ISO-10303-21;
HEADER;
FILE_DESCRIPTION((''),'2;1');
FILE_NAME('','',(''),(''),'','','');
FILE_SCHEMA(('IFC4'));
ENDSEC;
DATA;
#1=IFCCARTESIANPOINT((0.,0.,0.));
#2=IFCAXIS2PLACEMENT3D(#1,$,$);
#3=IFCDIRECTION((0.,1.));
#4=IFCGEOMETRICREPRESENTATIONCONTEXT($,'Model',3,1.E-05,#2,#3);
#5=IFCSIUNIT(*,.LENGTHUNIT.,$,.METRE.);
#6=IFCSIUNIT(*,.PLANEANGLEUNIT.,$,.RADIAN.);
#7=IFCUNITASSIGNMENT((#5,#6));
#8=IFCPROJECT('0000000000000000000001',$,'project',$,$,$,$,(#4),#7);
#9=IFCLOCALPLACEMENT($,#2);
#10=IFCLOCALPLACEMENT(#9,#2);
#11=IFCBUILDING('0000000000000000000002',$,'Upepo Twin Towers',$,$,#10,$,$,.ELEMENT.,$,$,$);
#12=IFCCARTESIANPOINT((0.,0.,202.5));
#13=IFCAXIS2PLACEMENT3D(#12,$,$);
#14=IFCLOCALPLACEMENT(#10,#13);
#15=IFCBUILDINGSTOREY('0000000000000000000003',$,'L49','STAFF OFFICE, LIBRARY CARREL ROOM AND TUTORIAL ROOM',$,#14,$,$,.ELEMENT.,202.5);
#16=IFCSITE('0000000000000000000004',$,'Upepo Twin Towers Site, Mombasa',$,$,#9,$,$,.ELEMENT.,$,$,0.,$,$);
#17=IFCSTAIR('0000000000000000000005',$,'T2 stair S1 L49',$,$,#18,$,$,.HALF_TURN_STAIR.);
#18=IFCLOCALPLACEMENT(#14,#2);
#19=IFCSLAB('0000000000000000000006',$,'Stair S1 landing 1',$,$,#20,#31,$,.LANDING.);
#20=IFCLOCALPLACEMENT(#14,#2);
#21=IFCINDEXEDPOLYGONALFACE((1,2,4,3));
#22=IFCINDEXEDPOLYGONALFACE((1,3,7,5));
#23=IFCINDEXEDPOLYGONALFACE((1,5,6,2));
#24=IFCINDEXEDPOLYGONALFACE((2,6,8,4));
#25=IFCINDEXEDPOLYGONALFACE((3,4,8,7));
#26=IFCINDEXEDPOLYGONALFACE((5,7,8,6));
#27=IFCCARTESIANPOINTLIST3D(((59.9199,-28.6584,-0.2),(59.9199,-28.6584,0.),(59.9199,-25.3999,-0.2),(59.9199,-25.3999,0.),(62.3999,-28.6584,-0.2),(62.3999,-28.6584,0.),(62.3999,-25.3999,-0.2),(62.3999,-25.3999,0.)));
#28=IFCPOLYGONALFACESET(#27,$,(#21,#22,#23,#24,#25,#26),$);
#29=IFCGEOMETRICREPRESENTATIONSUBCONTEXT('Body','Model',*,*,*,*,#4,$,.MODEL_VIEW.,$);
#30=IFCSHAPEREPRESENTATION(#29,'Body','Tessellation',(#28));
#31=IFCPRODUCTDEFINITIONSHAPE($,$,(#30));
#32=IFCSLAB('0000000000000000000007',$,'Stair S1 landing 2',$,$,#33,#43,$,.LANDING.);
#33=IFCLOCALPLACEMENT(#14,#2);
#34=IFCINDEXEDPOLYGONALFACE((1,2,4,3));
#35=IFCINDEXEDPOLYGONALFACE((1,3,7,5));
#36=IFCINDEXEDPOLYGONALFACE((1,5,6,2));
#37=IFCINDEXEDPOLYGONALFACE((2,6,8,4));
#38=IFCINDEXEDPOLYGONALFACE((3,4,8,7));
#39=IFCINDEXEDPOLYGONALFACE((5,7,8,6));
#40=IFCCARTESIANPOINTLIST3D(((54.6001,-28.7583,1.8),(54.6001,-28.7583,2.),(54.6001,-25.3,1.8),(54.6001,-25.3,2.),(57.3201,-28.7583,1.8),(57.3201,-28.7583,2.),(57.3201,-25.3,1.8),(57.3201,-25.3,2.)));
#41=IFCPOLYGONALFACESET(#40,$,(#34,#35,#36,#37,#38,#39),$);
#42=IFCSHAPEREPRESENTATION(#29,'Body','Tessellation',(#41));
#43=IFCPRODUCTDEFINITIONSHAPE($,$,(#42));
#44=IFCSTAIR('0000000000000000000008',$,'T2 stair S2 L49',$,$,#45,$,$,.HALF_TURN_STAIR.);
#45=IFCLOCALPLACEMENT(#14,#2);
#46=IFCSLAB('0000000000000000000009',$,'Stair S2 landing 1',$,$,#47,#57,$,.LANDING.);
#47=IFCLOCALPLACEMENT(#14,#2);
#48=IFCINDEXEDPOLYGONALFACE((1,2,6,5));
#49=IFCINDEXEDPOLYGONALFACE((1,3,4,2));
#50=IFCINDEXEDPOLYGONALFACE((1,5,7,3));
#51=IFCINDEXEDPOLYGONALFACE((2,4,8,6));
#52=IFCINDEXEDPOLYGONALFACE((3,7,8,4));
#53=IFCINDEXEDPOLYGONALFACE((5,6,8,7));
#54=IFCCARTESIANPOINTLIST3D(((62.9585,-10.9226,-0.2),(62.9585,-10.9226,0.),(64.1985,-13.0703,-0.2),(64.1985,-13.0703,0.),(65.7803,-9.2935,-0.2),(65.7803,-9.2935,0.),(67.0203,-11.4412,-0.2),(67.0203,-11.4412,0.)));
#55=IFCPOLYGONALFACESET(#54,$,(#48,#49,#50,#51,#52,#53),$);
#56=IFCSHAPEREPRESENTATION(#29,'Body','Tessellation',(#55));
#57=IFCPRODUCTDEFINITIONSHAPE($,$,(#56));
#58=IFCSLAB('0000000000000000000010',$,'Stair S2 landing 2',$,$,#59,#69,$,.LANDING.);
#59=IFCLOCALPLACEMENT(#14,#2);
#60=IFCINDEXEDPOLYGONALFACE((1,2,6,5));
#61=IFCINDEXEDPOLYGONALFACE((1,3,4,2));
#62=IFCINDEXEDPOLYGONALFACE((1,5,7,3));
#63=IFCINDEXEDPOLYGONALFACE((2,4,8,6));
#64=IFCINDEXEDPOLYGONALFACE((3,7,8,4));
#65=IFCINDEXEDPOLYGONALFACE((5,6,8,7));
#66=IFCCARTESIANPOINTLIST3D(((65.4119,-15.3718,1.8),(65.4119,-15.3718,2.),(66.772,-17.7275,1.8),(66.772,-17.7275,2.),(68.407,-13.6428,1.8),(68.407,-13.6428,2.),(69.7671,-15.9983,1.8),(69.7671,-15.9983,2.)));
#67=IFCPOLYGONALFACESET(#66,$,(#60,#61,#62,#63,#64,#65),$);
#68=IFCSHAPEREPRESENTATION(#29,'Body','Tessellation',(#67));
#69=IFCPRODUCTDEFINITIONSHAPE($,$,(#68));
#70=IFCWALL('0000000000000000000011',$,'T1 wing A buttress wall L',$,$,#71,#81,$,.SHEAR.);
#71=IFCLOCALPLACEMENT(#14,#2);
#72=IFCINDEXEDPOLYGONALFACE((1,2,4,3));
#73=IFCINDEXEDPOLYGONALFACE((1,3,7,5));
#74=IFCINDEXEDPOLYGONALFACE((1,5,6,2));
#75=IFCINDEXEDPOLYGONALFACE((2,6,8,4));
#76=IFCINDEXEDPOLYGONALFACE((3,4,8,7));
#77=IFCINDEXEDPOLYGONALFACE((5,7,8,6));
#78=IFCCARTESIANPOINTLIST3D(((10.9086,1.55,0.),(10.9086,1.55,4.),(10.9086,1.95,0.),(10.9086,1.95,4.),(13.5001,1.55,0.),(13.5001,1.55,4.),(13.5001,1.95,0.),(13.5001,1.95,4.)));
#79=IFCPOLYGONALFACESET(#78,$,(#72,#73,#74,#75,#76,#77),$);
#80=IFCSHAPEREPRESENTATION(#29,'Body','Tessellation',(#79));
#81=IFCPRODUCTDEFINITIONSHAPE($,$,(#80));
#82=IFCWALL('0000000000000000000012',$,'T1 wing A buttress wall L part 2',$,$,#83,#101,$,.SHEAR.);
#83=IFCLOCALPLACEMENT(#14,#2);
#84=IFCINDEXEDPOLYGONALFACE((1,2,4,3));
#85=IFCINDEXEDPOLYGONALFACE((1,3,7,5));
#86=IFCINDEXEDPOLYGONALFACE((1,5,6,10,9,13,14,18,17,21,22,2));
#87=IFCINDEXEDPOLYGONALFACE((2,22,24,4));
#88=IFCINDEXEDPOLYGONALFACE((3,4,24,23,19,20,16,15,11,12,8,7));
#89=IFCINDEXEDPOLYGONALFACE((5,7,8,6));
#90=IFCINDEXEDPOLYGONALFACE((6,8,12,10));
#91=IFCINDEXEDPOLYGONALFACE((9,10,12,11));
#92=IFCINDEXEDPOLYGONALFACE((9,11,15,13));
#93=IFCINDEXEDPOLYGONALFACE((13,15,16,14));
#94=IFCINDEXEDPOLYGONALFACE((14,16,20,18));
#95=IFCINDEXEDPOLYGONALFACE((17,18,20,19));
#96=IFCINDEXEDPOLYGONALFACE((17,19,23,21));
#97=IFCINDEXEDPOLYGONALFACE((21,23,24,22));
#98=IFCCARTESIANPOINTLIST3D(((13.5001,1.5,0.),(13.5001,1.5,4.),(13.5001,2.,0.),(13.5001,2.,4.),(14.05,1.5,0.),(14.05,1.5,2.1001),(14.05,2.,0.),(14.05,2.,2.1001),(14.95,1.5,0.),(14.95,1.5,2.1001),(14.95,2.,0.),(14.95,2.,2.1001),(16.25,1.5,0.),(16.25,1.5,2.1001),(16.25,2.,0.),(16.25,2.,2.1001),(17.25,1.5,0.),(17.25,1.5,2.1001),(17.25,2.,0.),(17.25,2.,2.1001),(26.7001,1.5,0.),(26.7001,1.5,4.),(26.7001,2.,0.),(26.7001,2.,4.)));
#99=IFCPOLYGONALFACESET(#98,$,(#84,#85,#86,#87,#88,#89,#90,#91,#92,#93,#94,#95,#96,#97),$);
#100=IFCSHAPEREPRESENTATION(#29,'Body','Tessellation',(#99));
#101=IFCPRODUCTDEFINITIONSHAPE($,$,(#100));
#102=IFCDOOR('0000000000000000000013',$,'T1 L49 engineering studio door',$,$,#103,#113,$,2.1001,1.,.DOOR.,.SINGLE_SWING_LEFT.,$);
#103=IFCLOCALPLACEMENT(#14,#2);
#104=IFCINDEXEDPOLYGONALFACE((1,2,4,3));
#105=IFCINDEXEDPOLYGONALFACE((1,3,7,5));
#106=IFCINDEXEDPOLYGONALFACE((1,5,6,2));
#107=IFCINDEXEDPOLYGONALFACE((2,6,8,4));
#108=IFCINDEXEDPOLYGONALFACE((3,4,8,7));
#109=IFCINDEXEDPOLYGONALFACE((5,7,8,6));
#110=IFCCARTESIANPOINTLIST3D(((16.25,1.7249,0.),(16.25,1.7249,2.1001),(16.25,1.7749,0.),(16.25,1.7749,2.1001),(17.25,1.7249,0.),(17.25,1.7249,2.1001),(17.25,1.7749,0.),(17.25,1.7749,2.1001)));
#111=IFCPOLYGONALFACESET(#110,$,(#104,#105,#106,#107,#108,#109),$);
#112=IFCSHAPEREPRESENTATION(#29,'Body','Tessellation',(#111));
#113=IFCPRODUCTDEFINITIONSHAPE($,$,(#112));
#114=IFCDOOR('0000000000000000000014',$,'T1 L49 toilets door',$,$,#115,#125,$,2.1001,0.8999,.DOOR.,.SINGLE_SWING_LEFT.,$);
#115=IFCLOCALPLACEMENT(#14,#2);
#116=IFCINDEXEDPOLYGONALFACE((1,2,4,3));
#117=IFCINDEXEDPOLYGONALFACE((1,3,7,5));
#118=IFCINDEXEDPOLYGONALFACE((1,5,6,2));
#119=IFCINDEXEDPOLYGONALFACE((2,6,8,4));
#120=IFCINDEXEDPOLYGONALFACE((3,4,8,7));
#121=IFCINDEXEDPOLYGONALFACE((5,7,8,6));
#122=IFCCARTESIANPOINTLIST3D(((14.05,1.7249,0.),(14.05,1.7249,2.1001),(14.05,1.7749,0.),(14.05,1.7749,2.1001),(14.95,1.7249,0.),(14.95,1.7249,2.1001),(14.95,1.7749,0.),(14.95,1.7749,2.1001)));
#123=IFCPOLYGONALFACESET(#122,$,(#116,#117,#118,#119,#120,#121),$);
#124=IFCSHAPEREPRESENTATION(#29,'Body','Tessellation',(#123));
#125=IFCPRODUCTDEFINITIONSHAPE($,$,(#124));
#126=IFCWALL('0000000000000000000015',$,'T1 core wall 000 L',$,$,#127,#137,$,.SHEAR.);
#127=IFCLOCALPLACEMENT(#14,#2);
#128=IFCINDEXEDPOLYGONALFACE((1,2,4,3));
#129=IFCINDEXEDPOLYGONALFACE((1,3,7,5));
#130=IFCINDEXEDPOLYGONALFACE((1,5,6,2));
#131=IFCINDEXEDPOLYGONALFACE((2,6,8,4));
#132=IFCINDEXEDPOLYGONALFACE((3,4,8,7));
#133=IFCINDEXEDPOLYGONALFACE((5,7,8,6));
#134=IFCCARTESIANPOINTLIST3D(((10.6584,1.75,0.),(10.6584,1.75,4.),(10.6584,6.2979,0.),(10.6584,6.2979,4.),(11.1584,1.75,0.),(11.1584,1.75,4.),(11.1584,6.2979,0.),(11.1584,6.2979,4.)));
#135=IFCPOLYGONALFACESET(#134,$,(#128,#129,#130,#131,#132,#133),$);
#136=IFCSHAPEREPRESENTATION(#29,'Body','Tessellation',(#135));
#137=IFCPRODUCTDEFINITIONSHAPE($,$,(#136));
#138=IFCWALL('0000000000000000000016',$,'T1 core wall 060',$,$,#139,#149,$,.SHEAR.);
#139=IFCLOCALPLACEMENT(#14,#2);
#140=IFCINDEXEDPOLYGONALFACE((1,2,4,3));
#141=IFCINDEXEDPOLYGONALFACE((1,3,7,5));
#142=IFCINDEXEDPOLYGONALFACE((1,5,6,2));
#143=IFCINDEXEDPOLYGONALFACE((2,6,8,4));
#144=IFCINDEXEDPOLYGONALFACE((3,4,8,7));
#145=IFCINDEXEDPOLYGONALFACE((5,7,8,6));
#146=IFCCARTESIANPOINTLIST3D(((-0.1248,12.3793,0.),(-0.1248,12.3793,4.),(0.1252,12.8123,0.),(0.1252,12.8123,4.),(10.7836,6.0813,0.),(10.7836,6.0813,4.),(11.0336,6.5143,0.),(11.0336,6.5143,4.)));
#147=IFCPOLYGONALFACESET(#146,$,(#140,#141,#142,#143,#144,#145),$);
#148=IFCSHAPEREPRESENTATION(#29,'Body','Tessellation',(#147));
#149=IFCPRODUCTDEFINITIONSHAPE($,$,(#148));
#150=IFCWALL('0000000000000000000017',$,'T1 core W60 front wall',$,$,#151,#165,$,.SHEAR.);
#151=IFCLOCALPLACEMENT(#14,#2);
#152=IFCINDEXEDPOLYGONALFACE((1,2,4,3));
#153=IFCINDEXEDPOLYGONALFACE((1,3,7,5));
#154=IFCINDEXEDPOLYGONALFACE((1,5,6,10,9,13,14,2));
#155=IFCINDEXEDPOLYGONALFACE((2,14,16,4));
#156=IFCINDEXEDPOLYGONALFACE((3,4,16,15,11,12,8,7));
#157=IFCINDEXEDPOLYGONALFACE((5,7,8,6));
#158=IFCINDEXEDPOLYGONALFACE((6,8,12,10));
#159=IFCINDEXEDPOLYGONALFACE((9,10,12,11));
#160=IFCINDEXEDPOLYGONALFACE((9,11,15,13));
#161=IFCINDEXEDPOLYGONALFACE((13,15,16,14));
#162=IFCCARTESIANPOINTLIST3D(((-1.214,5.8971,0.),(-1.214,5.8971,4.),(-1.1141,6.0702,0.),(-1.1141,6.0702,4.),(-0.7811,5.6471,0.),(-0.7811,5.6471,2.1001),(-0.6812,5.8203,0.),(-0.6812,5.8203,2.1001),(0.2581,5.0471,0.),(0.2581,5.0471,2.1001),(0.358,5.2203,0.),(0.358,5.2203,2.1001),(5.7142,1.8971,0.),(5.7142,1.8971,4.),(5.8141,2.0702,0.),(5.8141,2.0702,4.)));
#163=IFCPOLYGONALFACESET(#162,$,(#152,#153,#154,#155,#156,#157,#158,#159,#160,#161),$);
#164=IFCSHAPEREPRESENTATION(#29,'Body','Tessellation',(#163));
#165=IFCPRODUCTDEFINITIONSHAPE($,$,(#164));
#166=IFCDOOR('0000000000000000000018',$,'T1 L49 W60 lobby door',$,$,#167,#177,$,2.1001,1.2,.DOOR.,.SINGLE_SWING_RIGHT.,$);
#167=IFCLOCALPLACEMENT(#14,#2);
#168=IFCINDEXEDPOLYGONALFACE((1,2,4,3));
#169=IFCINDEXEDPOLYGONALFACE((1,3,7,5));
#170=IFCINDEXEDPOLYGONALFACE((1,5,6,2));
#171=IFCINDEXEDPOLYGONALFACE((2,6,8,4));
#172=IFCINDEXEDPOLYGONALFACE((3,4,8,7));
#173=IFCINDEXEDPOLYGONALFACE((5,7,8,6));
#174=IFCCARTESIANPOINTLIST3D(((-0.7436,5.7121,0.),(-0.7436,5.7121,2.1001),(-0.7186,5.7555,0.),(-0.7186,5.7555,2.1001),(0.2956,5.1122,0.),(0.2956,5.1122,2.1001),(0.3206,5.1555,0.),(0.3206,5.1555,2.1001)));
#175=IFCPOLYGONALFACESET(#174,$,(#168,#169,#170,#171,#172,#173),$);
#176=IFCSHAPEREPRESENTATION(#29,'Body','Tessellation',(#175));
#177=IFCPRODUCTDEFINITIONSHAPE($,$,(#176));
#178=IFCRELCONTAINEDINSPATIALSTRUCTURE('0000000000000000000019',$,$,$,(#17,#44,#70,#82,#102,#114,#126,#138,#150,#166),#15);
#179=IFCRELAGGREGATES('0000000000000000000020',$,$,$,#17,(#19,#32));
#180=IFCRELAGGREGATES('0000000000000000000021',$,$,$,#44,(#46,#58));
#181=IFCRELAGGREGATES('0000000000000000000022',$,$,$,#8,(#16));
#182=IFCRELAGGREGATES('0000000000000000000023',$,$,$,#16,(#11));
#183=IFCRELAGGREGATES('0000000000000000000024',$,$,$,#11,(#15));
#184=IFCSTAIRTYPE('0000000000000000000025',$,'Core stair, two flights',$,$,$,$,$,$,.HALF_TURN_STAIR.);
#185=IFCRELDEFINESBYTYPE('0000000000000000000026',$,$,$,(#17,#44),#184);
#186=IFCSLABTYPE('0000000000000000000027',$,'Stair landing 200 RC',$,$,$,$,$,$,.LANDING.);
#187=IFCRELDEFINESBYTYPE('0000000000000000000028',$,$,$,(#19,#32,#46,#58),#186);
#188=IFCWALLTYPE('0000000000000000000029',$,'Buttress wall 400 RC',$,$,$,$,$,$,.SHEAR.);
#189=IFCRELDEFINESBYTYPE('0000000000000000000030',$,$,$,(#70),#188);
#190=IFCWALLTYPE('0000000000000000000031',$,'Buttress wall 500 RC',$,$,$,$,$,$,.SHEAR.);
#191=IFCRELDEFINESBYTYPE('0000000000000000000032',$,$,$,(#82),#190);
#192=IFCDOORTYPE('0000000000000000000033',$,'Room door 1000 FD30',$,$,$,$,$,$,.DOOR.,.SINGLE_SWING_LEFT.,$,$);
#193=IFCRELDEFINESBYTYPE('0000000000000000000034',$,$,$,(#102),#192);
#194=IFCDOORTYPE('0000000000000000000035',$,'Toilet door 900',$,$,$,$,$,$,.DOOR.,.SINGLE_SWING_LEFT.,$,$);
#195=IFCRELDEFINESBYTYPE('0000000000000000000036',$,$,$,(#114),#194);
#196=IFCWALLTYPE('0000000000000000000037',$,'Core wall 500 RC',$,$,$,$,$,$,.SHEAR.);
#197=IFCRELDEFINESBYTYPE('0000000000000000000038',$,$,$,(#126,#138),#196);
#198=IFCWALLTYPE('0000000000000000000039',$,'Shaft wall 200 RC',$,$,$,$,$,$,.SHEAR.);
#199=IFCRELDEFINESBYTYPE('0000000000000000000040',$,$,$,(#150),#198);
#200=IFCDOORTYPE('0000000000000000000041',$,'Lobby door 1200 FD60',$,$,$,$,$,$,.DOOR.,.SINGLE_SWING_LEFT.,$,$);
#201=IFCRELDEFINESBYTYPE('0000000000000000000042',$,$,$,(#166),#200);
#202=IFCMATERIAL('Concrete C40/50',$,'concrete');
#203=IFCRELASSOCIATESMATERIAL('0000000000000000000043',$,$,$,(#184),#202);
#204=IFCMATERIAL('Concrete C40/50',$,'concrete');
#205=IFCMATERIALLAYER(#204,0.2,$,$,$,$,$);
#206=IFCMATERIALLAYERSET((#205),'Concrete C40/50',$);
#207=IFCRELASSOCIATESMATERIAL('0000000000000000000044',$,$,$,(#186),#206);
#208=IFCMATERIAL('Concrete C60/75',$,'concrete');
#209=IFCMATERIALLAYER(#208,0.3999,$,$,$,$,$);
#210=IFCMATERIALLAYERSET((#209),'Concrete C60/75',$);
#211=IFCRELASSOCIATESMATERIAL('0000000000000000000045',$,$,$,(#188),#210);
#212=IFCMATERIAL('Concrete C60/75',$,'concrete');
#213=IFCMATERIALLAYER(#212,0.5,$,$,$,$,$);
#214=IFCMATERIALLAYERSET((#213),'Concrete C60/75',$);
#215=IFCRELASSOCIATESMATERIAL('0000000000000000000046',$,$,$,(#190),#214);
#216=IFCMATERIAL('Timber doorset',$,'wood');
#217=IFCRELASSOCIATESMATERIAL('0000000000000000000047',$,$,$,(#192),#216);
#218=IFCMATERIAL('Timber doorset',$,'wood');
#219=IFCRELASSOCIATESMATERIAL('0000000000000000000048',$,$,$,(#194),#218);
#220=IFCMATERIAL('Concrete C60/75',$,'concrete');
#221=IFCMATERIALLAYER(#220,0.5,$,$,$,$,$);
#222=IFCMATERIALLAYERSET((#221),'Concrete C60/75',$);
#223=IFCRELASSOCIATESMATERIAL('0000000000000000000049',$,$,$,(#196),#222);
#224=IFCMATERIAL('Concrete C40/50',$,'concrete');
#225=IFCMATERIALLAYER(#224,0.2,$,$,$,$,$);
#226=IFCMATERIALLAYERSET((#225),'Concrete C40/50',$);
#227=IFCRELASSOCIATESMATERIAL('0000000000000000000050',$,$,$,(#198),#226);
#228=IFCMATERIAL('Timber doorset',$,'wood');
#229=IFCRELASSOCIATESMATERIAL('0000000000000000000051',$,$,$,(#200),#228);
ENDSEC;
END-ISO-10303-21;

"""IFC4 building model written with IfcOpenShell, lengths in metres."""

from ifc_helpers import new_model, si_unit, direction, frame, frame_2d, origin, place, context, subcontext, project, spatial, polyline, rectangle, outline, extrude, material, layer, layer_set, type_object, element, fill, aggregate, save


model = new_model("IFC4")

# Units and contexts
model_context = context("Model", 3, precision=1e-05, world=origin(), true_north=direction((0.0, 1.0)))
body_context = subcontext(model_context, "Body", "Model", "MODEL_VIEW")
ifc_project = project(units=[si_unit("LENGTHUNIT", "METRE"), si_unit("PLANEANGLEUNIT", "RADIAN")], contexts=[model_context])

# Site, building, storey
site_placement = place(None, origin())
site = spatial("IfcSite", under=ifc_project, at=site_placement, Name="Upepo Twin Towers Site, Mombasa", CompositionType="ELEMENT", RefElevation=0.0)
building_placement = place(site_placement, origin())
building = spatial("IfcBuilding", under=site, at=building_placement, Name="Upepo Twin Towers", CompositionType="ELEMENT")
storey_placement = place(building_placement, frame((0.0, 0.0, 202.5)))
storey = spatial("IfcBuildingStorey", under=building, at=storey_placement, Name="L49", Description="STAFF OFFICE, LIBRARY CARREL ROOM AND TUTORIAL ROOM", CompositionType="ELEMENT", Elevation=202.5)

# Shared definitions
ifc_material_1 = material(Name="Concrete C40/50", Category="concrete")
stair_type = type_object("IfcStairType", Name="Core stair, two flights", PredefinedType="HALF_TURN_STAIR", material=ifc_material_1)
ifc_material_2 = material(Name="Concrete C40/50", Category="concrete")
ifc_layer_1 = layer(ifc_material_2, 0.2)
ifc_layer_set_1 = layer_set([ifc_layer_1], Name="Concrete C40/50")
slab_type = type_object("IfcSlabType", Name="Stair landing 200 RC", PredefinedType="LANDING", material=ifc_layer_set_1)

# Stairs, slabs
stair_1_placement = place(storey_placement, origin())
stair_1 = element("IfcStair", 1, at=stair_1_placement, inside=storey, type_object=stair_type, Name="T2 stair S1 L49", PredefinedType="HALF_TURN_STAIR")
slab_1_placement = place(storey_placement, frame((0.0, 0.0, -0.2)))
slab_1 = element("IfcSlab", 2, at=slab_1_placement, type_object=slab_type, Name="Stair S1 landing 1", PredefinedType="LANDING", context=body_context, shape_type="SweptSolid", body=[
    extrude(outline(polyline([(59.9199, -25.3999), (59.9199, -28.6584), (62.3999, -28.6584), (62.3999, -25.3999), (59.9199, -25.3999)])), origin(), (0.0, 0.0, 1.0), 0.2),
])
slab_2_placement = place(storey_placement, frame((0.0, 0.0, 1.8)))
slab_2 = element("IfcSlab", 3, at=slab_2_placement, type_object=slab_type, Name="Stair S1 landing 2", PredefinedType="LANDING", context=body_context, shape_type="SweptSolid", body=[
    extrude(outline(polyline([(54.6001, -25.3), (54.6001, -28.7583), (57.3201, -28.7583), (57.3201, -25.3), (54.6001, -25.3)])), origin(), (0.0, 0.0, 1.0), 0.2),
])
aggregate(stair_1, [slab_1, slab_2])
stair_2_placement = place(storey_placement, origin())
stair_2 = element("IfcStair", 4, at=stair_2_placement, inside=storey, type_object=stair_type, Name="T2 stair S2 L49", PredefinedType="HALF_TURN_STAIR")
slab_3_placement = place(storey_placement, frame((0.0, 0.0, -0.2)))
slab_3 = element("IfcSlab", 5, at=slab_3_placement, type_object=slab_type, Name="Stair S2 landing 1", PredefinedType="LANDING", context=body_context, shape_type="SweptSolid", body=[
    extrude(outline(polyline([(64.1985, -13.0703), (67.0203, -11.4412), (65.7803, -9.2935), (62.9585, -10.9226), (64.1985, -13.0703)])), origin(), (0.0, 0.0, 1.0), 0.2),
])
slab_4_placement = place(storey_placement, frame((0.0, 0.0, 1.8)))
slab_4 = element("IfcSlab", 6, at=slab_4_placement, type_object=slab_type, Name="Stair S2 landing 2", PredefinedType="LANDING", context=body_context, shape_type="SweptSolid", body=[
    extrude(outline(polyline([(66.772, -17.7275), (69.7671, -15.9983), (68.407, -13.6428), (65.4119, -15.3718), (66.772, -17.7275)])), origin(), (0.0, 0.0, 1.0), 0.2),
])
aggregate(stair_2, [slab_3, slab_4])

# Wall
ifc_material_3 = material(Name="Concrete C60/75", Category="concrete")
ifc_layer_2 = layer(ifc_material_3, 0.3999)
ifc_layer_set_2 = layer_set([ifc_layer_2], Name="Concrete C60/75")
wall_type_1 = type_object("IfcWallType", Name="Buttress wall 400 RC", PredefinedType="SHEAR", material=ifc_layer_set_2)
wall_1_placement = place(storey_placement, frame((10.9084, 1.75, 0.0), z_axis=(0.0, 0.0, 1.0), x_axis=(1.0, 0.0, 0.0)))
element("IfcWall", 7, at=wall_1_placement, inside=storey, type_object=wall_type_1, Name="T1 wing A buttress wall L", PredefinedType="SHEAR", context=body_context, shape_type="SweptSolid", body=[
    extrude(rectangle(XDim=2.5916, YDim=0.3999, at=frame_2d((1.2959, 0.0))), origin(), (0.0, 0.0, 1.0), 4.0),
])

# Wall, openings, doors
ifc_material_4 = material(Name="Concrete C60/75", Category="concrete")
ifc_layer_3 = layer(ifc_material_4, 0.5)
ifc_layer_set_3 = layer_set([ifc_layer_3], Name="Concrete C60/75")
wall_type_2 = type_object("IfcWallType", Name="Buttress wall 500 RC", PredefinedType="SHEAR", material=ifc_layer_set_3)
wall_2_placement = place(storey_placement, frame((13.5, 1.75, 0.0), z_axis=(0.0, 0.0, 1.0), x_axis=(1.0, 0.0, 0.0)))
wall_2 = element("IfcWall", 8, at=wall_2_placement, inside=storey, type_object=wall_type_2, Name="T1 wing A buttress wall L part 2", PredefinedType="SHEAR", context=body_context, shape_type="SweptSolid", body=[
    extrude(rectangle(XDim=13.2, YDim=0.5, at=frame_2d((6.6001, 0.0))), origin(), (0.0, 0.0, 1.0), 4.0),
])
opening_1_placement = place(wall_2_placement, frame((0.55, 0.0, 0.0)))
opening_1 = element("IfcOpeningElement", 9, at=opening_1_placement, cuts=wall_2, PredefinedType="OPENING", context=body_context, shape_type="SweptSolid", body=[
    extrude(rectangle(XDim=0.8999, YDim=2.1001, at=frame_2d((0.45, 1.05))), frame((0.0, 0.26, 0.0), z_axis=(0.0, -1.0, 0.0), x_axis=(1.0, 0.0, 0.0)), (0.0, 0.0, 1.0), 0.52),
])
opening_2_placement = place(wall_2_placement, frame((2.75, 0.0, 0.0)))
opening_2 = element("IfcOpeningElement", 10, at=opening_2_placement, cuts=wall_2, PredefinedType="OPENING", context=body_context, shape_type="SweptSolid", body=[
    extrude(rectangle(XDim=1.0, YDim=2.1001, at=frame_2d((0.5, 1.05))), frame((0.0, 0.26, 0.0), z_axis=(0.0, -1.0, 0.0), x_axis=(1.0, 0.0, 0.0)), (0.0, 0.0, 1.0), 0.52),
])
ifc_material_5 = material(Name="Timber doorset", Category="wood")
door_type_1 = type_object("IfcDoorType", Name="Room door 1000 FD30", OperationType="SINGLE_SWING_LEFT", PredefinedType="DOOR", material=ifc_material_5)
door_1_placement = place(opening_2_placement, origin())
door_1 = element("IfcDoor", 11, at=door_1_placement, inside=storey, type_object=door_type_1, Name="T1 L49 engineering studio door", OperationType="SINGLE_SWING_LEFT", OverallHeight=2.1001, OverallWidth=1.0, PredefinedType="DOOR", context=body_context, shape_type="SweptSolid", body=[
    extrude(rectangle(XDim=1.0, YDim=2.1001, at=frame_2d((0.5, 1.05))), frame((0.0, 0.0249, 0.0), z_axis=(0.0, -1.0, 0.0), x_axis=(1.0, 0.0, 0.0)), (0.0, 0.0, 1.0), 0.05),
])
fill(opening_2, door_1)
ifc_material_6 = material(Name="Timber doorset", Category="wood")
door_type_2 = type_object("IfcDoorType", Name="Toilet door 900", OperationType="SINGLE_SWING_LEFT", PredefinedType="DOOR", material=ifc_material_6)
door_2_placement = place(opening_1_placement, origin())
door_2 = element("IfcDoor", 12, at=door_2_placement, inside=storey, type_object=door_type_2, Name="T1 L49 toilets door", OperationType="SINGLE_SWING_LEFT", OverallHeight=2.1001, OverallWidth=0.8999, PredefinedType="DOOR", context=body_context, shape_type="SweptSolid", body=[
    extrude(rectangle(XDim=0.8999, YDim=2.1001, at=frame_2d((0.45, 1.05))), frame((0.0, 0.0249, 0.0), z_axis=(0.0, -1.0, 0.0), x_axis=(1.0, 0.0, 0.0)), (0.0, 0.0, 1.0), 0.05),
])
fill(opening_1, door_2)

# Walls
ifc_material_7 = material(Name="Concrete C60/75", Category="concrete")
ifc_layer_4 = layer(ifc_material_7, 0.5)
ifc_layer_set_4 = layer_set([ifc_layer_4], Name="Concrete C60/75")
wall_type_3 = type_object("IfcWallType", Name="Core wall 500 RC", PredefinedType="SHEAR", material=ifc_layer_set_4)
wall_3_placement = place(storey_placement, frame((10.9084, 1.75, 0.0), z_axis=(0.0, 0.0, 1.0), x_axis=(0.0, 1.0, 0.0)))
element("IfcWall", 13, at=wall_3_placement, inside=storey, type_object=wall_type_3, Name="T1 core wall 000 L", PredefinedType="SHEAR", context=body_context, shape_type="SweptSolid", body=[
    extrude(rectangle(XDim=4.5479, YDim=0.5, at=frame_2d((2.2739, 0.0))), origin(), (0.0, 0.0, 1.0), 4.0),
])
wall_4_placement = place(storey_placement, frame((10.9084, 6.2979, 0.0), z_axis=(0.0, 0.0, 1.0), x_axis=(-0.866022, 0.500006, 0.0)))
element("IfcWall", 14, at=wall_4_placement, inside=storey, type_object=wall_type_3, Name="T1 core wall 060", PredefinedType="SHEAR", context=body_context, shape_type="SweptSolid", body=[
    extrude(rectangle(XDim=12.5959, YDim=0.5, at=frame_2d((6.2979, 0.0))), origin(), (0.0, 0.0, 1.0), 4.0),
])

# Wall, opening, door
ifc_material_8 = material(Name="Concrete C40/50", Category="concrete")
ifc_layer_5 = layer(ifc_material_8, 0.2)
ifc_layer_set_5 = layer_set([ifc_layer_5], Name="Concrete C40/50")
wall_type_4 = type_object("IfcWallType", Name="Shaft wall 200 RC", PredefinedType="SHEAR", material=ifc_layer_set_5)
wall_5_placement = place(storey_placement, frame((5.7642, 1.9836, 0.0), z_axis=(0.0, 0.0, 1.0), x_axis=(-0.866026, 0.499999, 0.0)))
wall_5 = element("IfcWall", 15, at=wall_5_placement, inside=storey, type_object=wall_type_4, Name="T1 core W60 front wall", PredefinedType="SHEAR", context=body_context, shape_type="SweptSolid", body=[
    extrude(rectangle(XDim=8.0, YDim=0.2, at=frame_2d((4.0, 0.0))), origin(), (0.0, 0.0, 1.0), 4.0),
])
opening_3_placement = place(wall_5_placement, frame((6.3, 0.0, 0.0)))
opening_3 = element("IfcOpeningElement", 16, at=opening_3_placement, cuts=wall_5, PredefinedType="OPENING", context=body_context, shape_type="SweptSolid", body=[
    extrude(rectangle(XDim=1.2, YDim=2.1001, at=frame_2d((0.6001, 1.05))), frame((0.0, 0.1099, 0.0), z_axis=(0.0, -1.0, 0.0), x_axis=(1.0, 0.0, 0.0)), (0.0, 0.0, 1.0), 0.22),
])
ifc_material_9 = material(Name="Timber doorset", Category="wood")
door_type_3 = type_object("IfcDoorType", Name="Lobby door 1200 FD60", OperationType="SINGLE_SWING_LEFT", PredefinedType="DOOR", material=ifc_material_9)
door_3_placement = place(opening_3_placement, origin())
door_3 = element("IfcDoor", 17, at=door_3_placement, inside=storey, type_object=door_type_3, Name="T1 L49 W60 lobby door", OperationType="SINGLE_SWING_RIGHT", OverallHeight=2.1001, OverallWidth=1.2, PredefinedType="DOOR", context=body_context, shape_type="SweptSolid", body=[
    extrude(rectangle(XDim=1.2, YDim=2.1001, at=frame_2d((0.6001, 1.05))), frame((0.0, 0.0249, 0.0), z_axis=(0.0, -1.0, 0.0), x_axis=(1.0, 0.0, 0.0)), (0.0, 0.0, 1.0), 0.05),
])
fill(opening_3, door_3)

save(model, "model.ifc")
